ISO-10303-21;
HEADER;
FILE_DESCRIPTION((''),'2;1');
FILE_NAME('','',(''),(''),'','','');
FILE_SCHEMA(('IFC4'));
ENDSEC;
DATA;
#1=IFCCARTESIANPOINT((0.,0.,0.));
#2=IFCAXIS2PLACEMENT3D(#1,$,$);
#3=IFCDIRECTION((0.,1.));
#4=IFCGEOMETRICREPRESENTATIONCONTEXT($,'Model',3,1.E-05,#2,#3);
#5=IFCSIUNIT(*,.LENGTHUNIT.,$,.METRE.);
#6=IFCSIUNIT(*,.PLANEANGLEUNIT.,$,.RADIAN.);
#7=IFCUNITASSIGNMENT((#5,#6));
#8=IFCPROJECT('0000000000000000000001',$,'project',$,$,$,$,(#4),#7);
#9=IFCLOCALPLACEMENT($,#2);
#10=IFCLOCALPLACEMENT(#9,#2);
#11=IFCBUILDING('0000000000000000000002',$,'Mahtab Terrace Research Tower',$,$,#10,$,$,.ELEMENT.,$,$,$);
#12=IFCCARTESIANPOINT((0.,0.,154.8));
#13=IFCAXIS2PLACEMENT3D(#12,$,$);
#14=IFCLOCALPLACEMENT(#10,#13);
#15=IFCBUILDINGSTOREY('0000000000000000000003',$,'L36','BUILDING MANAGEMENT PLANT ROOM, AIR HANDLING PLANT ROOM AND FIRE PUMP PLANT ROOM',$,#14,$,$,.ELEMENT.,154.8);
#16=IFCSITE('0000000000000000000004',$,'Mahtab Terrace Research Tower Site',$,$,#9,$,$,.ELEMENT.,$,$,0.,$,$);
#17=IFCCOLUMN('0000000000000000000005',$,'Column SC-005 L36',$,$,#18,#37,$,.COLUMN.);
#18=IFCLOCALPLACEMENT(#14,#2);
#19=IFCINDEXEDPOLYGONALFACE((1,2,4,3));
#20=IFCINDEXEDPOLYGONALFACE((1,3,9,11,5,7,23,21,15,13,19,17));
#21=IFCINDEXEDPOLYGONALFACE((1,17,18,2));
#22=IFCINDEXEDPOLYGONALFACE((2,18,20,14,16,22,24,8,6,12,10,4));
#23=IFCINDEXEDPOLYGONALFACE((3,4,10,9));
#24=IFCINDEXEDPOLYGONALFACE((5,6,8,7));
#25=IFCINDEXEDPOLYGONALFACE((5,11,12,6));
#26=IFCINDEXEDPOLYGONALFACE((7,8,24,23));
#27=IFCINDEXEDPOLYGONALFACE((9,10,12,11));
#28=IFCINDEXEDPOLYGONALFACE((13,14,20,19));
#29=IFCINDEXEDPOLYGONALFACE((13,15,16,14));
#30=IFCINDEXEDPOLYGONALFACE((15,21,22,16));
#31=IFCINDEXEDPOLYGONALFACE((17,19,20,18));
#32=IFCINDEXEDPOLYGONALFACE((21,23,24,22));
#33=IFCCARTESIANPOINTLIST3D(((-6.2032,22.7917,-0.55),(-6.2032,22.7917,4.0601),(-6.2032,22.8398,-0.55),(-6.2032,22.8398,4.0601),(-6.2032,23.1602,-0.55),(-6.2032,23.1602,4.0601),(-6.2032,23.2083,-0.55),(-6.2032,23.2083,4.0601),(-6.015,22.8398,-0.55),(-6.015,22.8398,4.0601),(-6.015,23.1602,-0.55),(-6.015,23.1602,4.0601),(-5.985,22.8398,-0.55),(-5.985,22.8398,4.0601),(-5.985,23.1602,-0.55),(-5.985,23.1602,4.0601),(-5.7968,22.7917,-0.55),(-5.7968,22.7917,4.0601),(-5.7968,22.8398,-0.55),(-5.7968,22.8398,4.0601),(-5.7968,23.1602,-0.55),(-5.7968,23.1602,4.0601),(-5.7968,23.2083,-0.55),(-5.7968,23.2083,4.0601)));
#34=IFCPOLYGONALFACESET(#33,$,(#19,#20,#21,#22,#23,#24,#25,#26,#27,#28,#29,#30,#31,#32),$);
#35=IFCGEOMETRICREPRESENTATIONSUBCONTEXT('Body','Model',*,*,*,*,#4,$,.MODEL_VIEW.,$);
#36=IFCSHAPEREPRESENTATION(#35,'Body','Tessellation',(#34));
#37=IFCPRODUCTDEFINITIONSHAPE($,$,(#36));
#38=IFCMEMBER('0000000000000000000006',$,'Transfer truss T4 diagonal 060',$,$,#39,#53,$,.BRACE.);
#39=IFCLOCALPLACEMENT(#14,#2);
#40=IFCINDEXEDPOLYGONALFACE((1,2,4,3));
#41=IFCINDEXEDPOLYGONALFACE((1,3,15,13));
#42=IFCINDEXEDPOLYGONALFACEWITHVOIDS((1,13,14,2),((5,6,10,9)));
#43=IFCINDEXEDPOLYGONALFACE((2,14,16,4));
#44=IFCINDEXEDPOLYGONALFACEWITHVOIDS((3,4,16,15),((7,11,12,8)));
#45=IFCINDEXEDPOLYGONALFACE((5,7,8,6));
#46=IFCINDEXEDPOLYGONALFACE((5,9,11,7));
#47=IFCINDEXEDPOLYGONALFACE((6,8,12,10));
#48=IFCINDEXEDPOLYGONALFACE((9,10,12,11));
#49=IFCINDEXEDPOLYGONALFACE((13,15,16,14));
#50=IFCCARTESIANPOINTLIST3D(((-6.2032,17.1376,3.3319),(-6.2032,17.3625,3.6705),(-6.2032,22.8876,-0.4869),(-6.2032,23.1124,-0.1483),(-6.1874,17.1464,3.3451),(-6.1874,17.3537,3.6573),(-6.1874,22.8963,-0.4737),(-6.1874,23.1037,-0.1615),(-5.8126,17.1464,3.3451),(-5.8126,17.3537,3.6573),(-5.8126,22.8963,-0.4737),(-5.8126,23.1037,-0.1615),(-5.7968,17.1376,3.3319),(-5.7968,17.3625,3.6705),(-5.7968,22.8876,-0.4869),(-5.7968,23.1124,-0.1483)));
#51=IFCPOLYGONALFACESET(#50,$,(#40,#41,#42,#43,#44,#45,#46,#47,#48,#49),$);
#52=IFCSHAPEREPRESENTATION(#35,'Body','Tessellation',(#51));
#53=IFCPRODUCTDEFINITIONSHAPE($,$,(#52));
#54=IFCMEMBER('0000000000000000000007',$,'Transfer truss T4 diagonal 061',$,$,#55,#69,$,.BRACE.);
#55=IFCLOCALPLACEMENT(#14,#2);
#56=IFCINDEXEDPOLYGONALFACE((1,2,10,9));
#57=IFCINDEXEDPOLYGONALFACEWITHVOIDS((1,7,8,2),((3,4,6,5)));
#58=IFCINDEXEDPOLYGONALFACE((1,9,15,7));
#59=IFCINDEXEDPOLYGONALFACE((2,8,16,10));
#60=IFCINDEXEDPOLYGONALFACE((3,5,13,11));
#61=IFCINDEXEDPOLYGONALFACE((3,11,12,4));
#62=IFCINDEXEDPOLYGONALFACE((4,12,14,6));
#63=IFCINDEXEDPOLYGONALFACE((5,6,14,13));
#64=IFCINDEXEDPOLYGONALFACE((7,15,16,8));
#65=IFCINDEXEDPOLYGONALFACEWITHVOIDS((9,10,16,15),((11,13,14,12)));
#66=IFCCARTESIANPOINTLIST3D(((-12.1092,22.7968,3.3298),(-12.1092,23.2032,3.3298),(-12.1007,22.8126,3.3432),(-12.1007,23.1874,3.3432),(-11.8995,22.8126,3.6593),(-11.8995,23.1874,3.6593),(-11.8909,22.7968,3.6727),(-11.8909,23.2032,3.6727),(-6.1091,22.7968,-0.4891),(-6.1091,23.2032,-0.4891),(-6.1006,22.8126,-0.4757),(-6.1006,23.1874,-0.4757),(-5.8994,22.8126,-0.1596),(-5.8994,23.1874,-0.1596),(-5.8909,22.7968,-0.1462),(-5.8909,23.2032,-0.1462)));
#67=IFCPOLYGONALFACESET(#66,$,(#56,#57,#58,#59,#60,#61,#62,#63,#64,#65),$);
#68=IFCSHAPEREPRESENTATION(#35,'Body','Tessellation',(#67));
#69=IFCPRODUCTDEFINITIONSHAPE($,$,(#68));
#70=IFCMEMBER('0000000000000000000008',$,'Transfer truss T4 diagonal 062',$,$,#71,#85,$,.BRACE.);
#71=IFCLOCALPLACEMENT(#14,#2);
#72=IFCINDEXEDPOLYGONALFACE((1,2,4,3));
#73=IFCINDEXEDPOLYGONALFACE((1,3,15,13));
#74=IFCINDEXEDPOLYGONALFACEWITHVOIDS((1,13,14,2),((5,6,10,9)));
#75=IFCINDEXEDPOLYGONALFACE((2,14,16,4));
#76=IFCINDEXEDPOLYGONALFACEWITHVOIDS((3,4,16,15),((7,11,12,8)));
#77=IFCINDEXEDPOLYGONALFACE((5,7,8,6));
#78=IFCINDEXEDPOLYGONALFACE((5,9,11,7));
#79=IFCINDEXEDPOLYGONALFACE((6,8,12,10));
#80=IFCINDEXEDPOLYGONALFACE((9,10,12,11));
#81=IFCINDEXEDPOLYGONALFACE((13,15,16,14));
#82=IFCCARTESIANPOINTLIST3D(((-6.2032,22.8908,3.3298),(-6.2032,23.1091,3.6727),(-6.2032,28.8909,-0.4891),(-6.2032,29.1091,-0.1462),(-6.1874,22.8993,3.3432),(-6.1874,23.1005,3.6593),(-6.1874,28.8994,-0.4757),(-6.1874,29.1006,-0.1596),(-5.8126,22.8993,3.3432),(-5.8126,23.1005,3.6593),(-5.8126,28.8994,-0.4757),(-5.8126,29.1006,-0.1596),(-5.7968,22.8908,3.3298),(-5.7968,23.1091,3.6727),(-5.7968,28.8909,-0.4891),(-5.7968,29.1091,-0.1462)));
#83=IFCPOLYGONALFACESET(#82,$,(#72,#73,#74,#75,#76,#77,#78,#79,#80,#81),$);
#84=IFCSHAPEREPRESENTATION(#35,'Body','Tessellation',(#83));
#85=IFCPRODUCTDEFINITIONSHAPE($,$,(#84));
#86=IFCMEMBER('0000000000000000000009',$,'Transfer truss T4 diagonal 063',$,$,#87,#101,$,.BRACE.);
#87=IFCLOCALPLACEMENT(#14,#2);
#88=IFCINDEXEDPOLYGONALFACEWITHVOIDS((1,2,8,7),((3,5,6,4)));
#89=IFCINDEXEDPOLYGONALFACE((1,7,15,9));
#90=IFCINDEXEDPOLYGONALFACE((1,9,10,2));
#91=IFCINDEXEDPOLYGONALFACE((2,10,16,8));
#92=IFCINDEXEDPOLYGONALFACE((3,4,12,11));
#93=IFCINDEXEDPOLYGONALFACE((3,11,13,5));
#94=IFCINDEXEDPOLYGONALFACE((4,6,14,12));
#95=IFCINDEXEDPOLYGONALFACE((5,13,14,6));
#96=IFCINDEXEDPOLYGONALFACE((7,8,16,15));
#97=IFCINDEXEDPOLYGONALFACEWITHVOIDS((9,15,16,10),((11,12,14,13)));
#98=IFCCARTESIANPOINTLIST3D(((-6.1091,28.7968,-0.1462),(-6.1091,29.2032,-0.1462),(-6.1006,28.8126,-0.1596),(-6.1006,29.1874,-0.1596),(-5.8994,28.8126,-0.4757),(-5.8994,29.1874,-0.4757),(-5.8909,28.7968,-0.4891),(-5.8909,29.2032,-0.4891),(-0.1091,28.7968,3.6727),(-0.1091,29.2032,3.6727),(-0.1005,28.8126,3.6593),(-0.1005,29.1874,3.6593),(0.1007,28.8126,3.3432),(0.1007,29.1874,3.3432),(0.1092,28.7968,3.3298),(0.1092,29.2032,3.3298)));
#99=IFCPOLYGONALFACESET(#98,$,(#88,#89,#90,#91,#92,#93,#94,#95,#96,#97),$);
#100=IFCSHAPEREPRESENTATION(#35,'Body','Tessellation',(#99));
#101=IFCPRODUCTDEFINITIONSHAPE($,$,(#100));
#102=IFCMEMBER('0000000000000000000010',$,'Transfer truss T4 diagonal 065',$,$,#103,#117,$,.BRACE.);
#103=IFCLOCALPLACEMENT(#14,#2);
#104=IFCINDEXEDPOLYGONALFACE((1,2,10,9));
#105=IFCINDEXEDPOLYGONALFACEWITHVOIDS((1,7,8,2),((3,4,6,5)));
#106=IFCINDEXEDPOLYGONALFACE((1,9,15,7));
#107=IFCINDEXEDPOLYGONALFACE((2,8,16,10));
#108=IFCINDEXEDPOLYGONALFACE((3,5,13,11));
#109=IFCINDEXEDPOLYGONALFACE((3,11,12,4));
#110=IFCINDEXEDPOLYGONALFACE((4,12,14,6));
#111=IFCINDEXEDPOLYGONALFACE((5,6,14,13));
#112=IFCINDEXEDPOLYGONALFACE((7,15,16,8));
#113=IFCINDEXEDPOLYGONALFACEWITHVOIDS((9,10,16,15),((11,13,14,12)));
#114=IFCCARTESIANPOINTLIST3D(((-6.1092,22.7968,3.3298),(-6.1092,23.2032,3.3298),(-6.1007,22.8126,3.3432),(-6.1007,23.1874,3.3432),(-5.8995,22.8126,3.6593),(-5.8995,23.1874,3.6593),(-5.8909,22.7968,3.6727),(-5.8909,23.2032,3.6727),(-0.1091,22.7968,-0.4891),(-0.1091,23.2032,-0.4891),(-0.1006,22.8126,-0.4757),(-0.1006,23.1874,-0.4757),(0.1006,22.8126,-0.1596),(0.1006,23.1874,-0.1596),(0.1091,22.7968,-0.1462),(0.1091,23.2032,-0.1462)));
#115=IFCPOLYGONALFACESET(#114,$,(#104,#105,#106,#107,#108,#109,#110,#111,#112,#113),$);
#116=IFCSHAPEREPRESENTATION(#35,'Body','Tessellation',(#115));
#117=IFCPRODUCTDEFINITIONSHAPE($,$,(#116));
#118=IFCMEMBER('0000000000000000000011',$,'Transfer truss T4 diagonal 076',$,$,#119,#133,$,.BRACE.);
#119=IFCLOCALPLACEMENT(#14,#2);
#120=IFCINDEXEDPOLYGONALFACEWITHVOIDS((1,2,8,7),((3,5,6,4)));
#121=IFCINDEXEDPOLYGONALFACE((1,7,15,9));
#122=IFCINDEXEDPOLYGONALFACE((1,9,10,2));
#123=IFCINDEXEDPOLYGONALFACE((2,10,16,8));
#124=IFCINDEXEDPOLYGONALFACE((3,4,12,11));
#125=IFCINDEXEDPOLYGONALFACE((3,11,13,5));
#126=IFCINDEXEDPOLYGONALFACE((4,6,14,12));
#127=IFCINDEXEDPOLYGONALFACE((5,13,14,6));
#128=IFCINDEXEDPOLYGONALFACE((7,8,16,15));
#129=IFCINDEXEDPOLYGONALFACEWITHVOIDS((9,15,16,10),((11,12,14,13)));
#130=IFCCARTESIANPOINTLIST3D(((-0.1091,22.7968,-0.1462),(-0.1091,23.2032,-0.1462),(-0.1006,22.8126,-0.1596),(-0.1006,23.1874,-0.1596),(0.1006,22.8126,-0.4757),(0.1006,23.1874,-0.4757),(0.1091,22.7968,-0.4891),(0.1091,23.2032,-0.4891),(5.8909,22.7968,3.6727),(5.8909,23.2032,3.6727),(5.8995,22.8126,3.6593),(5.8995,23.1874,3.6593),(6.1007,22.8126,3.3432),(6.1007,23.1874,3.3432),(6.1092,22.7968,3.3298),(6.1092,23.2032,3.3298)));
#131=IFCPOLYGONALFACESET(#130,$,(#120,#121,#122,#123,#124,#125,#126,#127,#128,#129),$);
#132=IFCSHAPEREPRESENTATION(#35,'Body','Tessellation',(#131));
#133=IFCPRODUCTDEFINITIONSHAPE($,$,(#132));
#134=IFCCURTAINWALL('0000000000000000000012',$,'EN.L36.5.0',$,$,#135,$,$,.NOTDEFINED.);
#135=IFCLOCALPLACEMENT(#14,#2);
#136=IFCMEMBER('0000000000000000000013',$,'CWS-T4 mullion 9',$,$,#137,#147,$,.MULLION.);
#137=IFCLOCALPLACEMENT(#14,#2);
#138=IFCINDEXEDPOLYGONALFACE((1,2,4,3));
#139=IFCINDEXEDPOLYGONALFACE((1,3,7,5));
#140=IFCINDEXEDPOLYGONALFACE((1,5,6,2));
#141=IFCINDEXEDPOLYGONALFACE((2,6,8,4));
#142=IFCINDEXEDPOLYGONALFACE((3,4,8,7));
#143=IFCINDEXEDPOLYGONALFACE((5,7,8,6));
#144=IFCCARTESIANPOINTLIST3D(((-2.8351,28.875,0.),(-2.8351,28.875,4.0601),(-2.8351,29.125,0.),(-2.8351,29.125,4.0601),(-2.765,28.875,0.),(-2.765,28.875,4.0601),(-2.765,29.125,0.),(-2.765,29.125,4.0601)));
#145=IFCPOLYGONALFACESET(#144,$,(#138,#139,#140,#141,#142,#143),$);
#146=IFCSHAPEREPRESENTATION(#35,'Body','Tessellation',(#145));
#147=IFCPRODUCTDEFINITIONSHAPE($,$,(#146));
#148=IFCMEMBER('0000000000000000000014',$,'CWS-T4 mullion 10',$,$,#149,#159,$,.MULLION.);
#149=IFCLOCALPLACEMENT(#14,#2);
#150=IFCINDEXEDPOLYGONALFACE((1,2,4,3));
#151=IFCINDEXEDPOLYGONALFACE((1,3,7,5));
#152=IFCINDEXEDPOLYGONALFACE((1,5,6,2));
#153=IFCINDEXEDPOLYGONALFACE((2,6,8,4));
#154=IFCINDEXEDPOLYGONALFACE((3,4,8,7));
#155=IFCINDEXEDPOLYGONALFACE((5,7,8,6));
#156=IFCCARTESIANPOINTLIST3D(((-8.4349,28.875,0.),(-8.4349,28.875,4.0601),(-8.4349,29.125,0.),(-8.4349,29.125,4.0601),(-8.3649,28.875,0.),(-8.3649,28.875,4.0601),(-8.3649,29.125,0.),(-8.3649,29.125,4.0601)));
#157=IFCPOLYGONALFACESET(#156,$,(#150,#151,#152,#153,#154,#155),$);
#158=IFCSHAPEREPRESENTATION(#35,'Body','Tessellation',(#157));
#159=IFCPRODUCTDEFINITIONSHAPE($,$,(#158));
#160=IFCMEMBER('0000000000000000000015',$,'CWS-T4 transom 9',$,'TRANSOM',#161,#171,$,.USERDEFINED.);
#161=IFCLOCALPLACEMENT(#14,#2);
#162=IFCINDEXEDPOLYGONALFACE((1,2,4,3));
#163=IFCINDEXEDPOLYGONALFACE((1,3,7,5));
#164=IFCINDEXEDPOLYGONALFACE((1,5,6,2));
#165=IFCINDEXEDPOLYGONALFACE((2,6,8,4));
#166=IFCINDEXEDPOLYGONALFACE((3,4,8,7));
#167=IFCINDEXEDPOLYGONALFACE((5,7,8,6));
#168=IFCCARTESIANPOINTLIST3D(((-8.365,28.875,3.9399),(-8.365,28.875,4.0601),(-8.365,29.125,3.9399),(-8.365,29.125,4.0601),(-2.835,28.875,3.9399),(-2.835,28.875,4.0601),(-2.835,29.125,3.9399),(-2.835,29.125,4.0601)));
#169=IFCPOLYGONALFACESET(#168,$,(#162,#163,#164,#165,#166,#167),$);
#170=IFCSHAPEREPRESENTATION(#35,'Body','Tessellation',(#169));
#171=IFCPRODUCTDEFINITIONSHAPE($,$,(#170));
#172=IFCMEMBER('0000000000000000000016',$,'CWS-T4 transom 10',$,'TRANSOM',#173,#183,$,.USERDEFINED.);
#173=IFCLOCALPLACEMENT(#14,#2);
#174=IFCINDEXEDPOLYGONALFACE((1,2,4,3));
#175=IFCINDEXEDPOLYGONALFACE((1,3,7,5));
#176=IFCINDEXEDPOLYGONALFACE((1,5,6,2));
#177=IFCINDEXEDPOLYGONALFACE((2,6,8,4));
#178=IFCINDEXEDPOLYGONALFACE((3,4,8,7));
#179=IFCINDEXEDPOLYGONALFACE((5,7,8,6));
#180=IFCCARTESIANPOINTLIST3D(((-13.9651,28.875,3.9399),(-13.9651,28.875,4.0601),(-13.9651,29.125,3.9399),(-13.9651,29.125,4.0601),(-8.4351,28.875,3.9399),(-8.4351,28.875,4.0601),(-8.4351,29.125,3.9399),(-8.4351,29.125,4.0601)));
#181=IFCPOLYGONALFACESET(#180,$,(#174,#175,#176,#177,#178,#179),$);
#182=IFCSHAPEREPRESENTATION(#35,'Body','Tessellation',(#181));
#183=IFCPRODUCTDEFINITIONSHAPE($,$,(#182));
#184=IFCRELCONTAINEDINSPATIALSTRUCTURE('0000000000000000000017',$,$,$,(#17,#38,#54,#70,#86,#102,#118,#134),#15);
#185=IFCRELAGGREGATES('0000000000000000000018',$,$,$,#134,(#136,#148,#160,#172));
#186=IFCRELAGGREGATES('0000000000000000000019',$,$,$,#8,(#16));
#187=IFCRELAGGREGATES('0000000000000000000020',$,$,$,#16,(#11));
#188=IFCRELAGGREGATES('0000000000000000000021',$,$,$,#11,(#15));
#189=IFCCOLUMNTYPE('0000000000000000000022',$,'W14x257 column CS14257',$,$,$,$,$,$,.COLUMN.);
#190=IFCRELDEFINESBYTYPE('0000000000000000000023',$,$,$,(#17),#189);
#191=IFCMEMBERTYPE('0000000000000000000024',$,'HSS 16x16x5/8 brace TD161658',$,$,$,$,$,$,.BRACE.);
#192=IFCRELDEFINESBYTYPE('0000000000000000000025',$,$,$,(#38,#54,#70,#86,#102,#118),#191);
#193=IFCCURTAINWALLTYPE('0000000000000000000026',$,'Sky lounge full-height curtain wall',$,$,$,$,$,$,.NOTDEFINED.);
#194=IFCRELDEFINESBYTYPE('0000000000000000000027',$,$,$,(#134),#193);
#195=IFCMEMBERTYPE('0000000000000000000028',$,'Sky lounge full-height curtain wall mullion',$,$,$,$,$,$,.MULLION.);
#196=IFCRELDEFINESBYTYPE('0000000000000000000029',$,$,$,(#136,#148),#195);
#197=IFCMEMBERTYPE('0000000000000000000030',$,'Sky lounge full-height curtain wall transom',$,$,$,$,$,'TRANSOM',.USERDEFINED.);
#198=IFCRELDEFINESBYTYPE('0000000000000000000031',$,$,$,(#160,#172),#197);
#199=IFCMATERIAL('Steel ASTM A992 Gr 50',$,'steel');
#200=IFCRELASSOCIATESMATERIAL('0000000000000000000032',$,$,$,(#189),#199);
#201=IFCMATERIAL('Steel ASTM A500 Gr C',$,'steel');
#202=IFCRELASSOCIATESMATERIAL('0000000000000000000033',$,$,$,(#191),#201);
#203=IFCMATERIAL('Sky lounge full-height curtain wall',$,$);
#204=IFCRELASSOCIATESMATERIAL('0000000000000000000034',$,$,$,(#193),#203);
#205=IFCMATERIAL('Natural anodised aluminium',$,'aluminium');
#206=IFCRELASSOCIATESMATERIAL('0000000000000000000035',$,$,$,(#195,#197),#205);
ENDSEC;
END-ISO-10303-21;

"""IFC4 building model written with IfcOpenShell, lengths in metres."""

from ifc_helpers import new_model, si_unit, direction, frame, origin, origin_2d, place, context, subcontext, project, spatial, rectangle, hollow_rectangle, i_section, extrude, material, material_profile, profile_set, type_object, element, aggregate, save


model = new_model("IFC4")

# Units and contexts
model_context = context("Model", 3, precision=1e-05, world=origin(), true_north=direction((0.0, 1.0)))
body_context = subcontext(model_context, "Body", "Model", "MODEL_VIEW")
ifc_project = project(units=[si_unit("LENGTHUNIT", "METRE"), si_unit("PLANEANGLEUNIT", "RADIAN")], contexts=[model_context])

# Site, building, storey
site_placement = place(None, origin())
site = spatial("IfcSite", under=ifc_project, at=site_placement, Name="Mahtab Terrace Research Tower Site", CompositionType="ELEMENT", RefElevation=0.0)
building_placement = place(site_placement, origin())
building = spatial("IfcBuilding", under=site, at=building_placement, Name="Mahtab Terrace Research Tower", CompositionType="ELEMENT")
storey_placement = place(building_placement, frame((0.0, 0.0, 154.8)))
storey = spatial("IfcBuildingStorey", under=building, at=storey_placement, Name="L36", Description="BUILDING MANAGEMENT PLANT ROOM, AIR HANDLING PLANT ROOM AND FIRE PUMP PLANT ROOM", CompositionType="ELEMENT", Elevation=154.8)

# Column
ifc_material_1 = material(Name="Steel ASTM A992 Gr 50", Category="steel")
ifc_material_profile_1 = material_profile(ifc_material_1, i_section(OverallWidth=0.4065, OverallDepth=0.4165, WebThickness=0.03, FlangeThickness=0.0481, at=origin_2d()), Name="W14X257")
ifc_profile_set_1 = profile_set([ifc_material_profile_1], Name="Steel ASTM A992 Gr 50")
column_type = type_object("IfcColumnType", Name="W14x257 column CS14257", PredefinedType="COLUMN", material=ifc_profile_set_1)
column_placement = place(storey_placement, frame((-6.0, 23.0, -0.55), z_axis=(0.0, 0.0, 1.0), x_axis=(1.0, 0.0, 0.0)))
element("IfcColumn", 1, at=column_placement, inside=storey, type_object=column_type, Name="Column SC-005 L36", PredefinedType="COLUMN", context=body_context, shape_type="SweptSolid", body=[
    extrude(i_section(OverallWidth=0.4065, OverallDepth=0.4165, WebThickness=0.03, FlangeThickness=0.0481, at=origin_2d()), origin(), (0.0, 0.0, 1.0), 4.6101),
])

# Members
ifc_material_2 = material(Name="Steel ASTM A500 Gr C", Category="steel")
ifc_material_profile_2 = material_profile(ifc_material_2, hollow_rectangle(XDim=0.4065, YDim=0.4065, WallThickness=0.0159, at=origin_2d()), Name="HSS16X16X5/8")
ifc_profile_set_2 = profile_set([ifc_material_profile_2], Name="Steel ASTM A500 Gr C")
member_type_1 = type_object("IfcMemberType", Name="HSS 16x16x5/8 brace TD161658", PredefinedType="BRACE", material=ifc_profile_set_2)
member_1_placement = place(storey_placement, frame((-6.0, 23.0, -0.3176), z_axis=(0.0, -0.833018, 0.553246), x_axis=(1.0, 0.0, 0.0)))
element("IfcMember", 2, at=member_1_placement, inside=storey, type_object=member_type_1, Name="Transfer truss T4 diagonal 060", PredefinedType="BRACE", context=body_context, shape_type="SweptSolid", body=[
    extrude(hollow_rectangle(XDim=0.4065, YDim=0.4065, WallThickness=0.0159, at=origin_2d()), origin(), (0.0, 0.0, 1.0), 6.9026),
])
for number, where, z_axis, x_axis, name in (
    (3, (-6.0, 23.0, -0.3176), (-0.843619, 0.0, 0.536942), (0.0, -1.0, 0.0), "Transfer truss T4 diagonal 061"),
    (4, (-6.0, 29.0, -0.3176), (0.0, -0.843619, 0.536942), (1.0, 0.0, 0.0), "Transfer truss T4 diagonal 062"),
    (5, (-6.0, 29.0, -0.3176), (0.843619, 0.0, 0.536942), (0.0, 1.0, 0.0), "Transfer truss T4 diagonal 063"),
    (6, (0.0, 23.0, -0.3176), (-0.843619, 0.0, 0.536942), (0.0, -1.0, 0.0), "Transfer truss T4 diagonal 065"),
    (7, (0.0, 23.0, -0.3176), (0.843619, 0.0, 0.536942), (0.0, 1.0, 0.0), "Transfer truss T4 diagonal 076"),
):
    element("IfcMember", number, at=place(storey_placement, frame(where, z_axis=z_axis, x_axis=x_axis)), inside=storey, type_object=member_type_1, Name=name, PredefinedType="BRACE", context=body_context, shape_type="SweptSolid", body=[
        extrude(hollow_rectangle(XDim=0.4065, YDim=0.4065, WallThickness=0.0159, at=origin_2d()), origin(), (0.0, 0.0, 1.0), 7.1123),
    ])

# Curtain wall, members
ifc_material_3 = material(Name="Sky lounge full-height curtain wall")
curtain_wall_type = type_object("IfcCurtainWallType", Name="Sky lounge full-height curtain wall", PredefinedType="NOTDEFINED", material=ifc_material_3)
curtain_wall_placement = place(storey_placement, origin())
curtain_wall = element("IfcCurtainWall", 8, at=curtain_wall_placement, inside=storey, type_object=curtain_wall_type, Name="EN.L36.5.0", PredefinedType="NOTDEFINED")
ifc_material_4 = material(Name="Natural anodised aluminium", Category="aluminium")
ifc_material_profile_3 = material_profile(ifc_material_4, rectangle(XDim=0.25, YDim=0.0701, at=origin_2d()), Name="MULLION 70x250")
ifc_profile_set_3 = profile_set([ifc_material_profile_3], Name="Natural anodised aluminium")
member_type_2 = type_object("IfcMemberType", Name="Sky lounge full-height curtain wall mullion", PredefinedType="MULLION", material=ifc_profile_set_3)
member_2_placement = place(storey_placement, frame((-2.8, 29.0, 0.0), z_axis=(0.0, 0.0, 1.0), x_axis=(0.0, -1.0, 0.0)))
member_2 = element("IfcMember", 9, at=member_2_placement, type_object=member_type_2, Name="CWS-T4 mullion 9", PredefinedType="MULLION", context=body_context, shape_type="SweptSolid", body=[
    extrude(rectangle(XDim=0.25, YDim=0.0701, at=origin_2d()), origin(), (0.0, 0.0, 1.0), 4.0601),
])
member_3_placement = place(storey_placement, frame((-8.3999, 29.0, 0.0), z_axis=(0.0, 0.0, 1.0), x_axis=(0.0, -1.0, 0.0)))
member_3 = element("IfcMember", 10, at=member_3_placement, type_object=member_type_2, Name="CWS-T4 mullion 10", PredefinedType="MULLION", context=body_context, shape_type="SweptSolid", body=[
    extrude(rectangle(XDim=0.25, YDim=0.0701, at=origin_2d()), origin(), (0.0, 0.0, 1.0), 4.0601),
])
ifc_material_profile_4 = material_profile(ifc_material_4, rectangle(XDim=0.25, YDim=0.1201, at=origin_2d()), Name="TRANSOM 120x250")
ifc_profile_set_4 = profile_set([ifc_material_profile_4], Name="Natural anodised aluminium")
member_type_3 = type_object("IfcMemberType", Name="Sky lounge full-height curtain wall transom", ElementType="TRANSOM", PredefinedType="USERDEFINED", material=ifc_profile_set_4)
member_4_placement = place(storey_placement, frame((-2.835, 29.0, 4.0), z_axis=(-1.0, 0.0, 0.0), x_axis=(0.0, -1.0, 0.0)))
member_4 = element("IfcMember", 11, at=member_4_placement, type_object=member_type_3, Name="CWS-T4 transom 9", ObjectType="TRANSOM", PredefinedType="USERDEFINED", context=body_context, shape_type="SweptSolid", body=[
    extrude(rectangle(XDim=0.25, YDim=0.1201, at=origin_2d()), origin(), (0.0, 0.0, 1.0), 5.53),
])
member_5_placement = place(storey_placement, frame((-8.4351, 29.0, 4.0), z_axis=(-1.0, 0.0, 0.0), x_axis=(0.0, -1.0, 0.0)))
member_5 = element("IfcMember", 12, at=member_5_placement, type_object=member_type_3, Name="CWS-T4 transom 10", ObjectType="TRANSOM", PredefinedType="USERDEFINED", context=body_context, shape_type="SweptSolid", body=[
    extrude(rectangle(XDim=0.25, YDim=0.1201, at=origin_2d()), origin(), (0.0, 0.0, 1.0), 5.53),
])

aggregate(curtain_wall, [member_2, member_3, member_4, member_5])

save(model, "model.ifc")
